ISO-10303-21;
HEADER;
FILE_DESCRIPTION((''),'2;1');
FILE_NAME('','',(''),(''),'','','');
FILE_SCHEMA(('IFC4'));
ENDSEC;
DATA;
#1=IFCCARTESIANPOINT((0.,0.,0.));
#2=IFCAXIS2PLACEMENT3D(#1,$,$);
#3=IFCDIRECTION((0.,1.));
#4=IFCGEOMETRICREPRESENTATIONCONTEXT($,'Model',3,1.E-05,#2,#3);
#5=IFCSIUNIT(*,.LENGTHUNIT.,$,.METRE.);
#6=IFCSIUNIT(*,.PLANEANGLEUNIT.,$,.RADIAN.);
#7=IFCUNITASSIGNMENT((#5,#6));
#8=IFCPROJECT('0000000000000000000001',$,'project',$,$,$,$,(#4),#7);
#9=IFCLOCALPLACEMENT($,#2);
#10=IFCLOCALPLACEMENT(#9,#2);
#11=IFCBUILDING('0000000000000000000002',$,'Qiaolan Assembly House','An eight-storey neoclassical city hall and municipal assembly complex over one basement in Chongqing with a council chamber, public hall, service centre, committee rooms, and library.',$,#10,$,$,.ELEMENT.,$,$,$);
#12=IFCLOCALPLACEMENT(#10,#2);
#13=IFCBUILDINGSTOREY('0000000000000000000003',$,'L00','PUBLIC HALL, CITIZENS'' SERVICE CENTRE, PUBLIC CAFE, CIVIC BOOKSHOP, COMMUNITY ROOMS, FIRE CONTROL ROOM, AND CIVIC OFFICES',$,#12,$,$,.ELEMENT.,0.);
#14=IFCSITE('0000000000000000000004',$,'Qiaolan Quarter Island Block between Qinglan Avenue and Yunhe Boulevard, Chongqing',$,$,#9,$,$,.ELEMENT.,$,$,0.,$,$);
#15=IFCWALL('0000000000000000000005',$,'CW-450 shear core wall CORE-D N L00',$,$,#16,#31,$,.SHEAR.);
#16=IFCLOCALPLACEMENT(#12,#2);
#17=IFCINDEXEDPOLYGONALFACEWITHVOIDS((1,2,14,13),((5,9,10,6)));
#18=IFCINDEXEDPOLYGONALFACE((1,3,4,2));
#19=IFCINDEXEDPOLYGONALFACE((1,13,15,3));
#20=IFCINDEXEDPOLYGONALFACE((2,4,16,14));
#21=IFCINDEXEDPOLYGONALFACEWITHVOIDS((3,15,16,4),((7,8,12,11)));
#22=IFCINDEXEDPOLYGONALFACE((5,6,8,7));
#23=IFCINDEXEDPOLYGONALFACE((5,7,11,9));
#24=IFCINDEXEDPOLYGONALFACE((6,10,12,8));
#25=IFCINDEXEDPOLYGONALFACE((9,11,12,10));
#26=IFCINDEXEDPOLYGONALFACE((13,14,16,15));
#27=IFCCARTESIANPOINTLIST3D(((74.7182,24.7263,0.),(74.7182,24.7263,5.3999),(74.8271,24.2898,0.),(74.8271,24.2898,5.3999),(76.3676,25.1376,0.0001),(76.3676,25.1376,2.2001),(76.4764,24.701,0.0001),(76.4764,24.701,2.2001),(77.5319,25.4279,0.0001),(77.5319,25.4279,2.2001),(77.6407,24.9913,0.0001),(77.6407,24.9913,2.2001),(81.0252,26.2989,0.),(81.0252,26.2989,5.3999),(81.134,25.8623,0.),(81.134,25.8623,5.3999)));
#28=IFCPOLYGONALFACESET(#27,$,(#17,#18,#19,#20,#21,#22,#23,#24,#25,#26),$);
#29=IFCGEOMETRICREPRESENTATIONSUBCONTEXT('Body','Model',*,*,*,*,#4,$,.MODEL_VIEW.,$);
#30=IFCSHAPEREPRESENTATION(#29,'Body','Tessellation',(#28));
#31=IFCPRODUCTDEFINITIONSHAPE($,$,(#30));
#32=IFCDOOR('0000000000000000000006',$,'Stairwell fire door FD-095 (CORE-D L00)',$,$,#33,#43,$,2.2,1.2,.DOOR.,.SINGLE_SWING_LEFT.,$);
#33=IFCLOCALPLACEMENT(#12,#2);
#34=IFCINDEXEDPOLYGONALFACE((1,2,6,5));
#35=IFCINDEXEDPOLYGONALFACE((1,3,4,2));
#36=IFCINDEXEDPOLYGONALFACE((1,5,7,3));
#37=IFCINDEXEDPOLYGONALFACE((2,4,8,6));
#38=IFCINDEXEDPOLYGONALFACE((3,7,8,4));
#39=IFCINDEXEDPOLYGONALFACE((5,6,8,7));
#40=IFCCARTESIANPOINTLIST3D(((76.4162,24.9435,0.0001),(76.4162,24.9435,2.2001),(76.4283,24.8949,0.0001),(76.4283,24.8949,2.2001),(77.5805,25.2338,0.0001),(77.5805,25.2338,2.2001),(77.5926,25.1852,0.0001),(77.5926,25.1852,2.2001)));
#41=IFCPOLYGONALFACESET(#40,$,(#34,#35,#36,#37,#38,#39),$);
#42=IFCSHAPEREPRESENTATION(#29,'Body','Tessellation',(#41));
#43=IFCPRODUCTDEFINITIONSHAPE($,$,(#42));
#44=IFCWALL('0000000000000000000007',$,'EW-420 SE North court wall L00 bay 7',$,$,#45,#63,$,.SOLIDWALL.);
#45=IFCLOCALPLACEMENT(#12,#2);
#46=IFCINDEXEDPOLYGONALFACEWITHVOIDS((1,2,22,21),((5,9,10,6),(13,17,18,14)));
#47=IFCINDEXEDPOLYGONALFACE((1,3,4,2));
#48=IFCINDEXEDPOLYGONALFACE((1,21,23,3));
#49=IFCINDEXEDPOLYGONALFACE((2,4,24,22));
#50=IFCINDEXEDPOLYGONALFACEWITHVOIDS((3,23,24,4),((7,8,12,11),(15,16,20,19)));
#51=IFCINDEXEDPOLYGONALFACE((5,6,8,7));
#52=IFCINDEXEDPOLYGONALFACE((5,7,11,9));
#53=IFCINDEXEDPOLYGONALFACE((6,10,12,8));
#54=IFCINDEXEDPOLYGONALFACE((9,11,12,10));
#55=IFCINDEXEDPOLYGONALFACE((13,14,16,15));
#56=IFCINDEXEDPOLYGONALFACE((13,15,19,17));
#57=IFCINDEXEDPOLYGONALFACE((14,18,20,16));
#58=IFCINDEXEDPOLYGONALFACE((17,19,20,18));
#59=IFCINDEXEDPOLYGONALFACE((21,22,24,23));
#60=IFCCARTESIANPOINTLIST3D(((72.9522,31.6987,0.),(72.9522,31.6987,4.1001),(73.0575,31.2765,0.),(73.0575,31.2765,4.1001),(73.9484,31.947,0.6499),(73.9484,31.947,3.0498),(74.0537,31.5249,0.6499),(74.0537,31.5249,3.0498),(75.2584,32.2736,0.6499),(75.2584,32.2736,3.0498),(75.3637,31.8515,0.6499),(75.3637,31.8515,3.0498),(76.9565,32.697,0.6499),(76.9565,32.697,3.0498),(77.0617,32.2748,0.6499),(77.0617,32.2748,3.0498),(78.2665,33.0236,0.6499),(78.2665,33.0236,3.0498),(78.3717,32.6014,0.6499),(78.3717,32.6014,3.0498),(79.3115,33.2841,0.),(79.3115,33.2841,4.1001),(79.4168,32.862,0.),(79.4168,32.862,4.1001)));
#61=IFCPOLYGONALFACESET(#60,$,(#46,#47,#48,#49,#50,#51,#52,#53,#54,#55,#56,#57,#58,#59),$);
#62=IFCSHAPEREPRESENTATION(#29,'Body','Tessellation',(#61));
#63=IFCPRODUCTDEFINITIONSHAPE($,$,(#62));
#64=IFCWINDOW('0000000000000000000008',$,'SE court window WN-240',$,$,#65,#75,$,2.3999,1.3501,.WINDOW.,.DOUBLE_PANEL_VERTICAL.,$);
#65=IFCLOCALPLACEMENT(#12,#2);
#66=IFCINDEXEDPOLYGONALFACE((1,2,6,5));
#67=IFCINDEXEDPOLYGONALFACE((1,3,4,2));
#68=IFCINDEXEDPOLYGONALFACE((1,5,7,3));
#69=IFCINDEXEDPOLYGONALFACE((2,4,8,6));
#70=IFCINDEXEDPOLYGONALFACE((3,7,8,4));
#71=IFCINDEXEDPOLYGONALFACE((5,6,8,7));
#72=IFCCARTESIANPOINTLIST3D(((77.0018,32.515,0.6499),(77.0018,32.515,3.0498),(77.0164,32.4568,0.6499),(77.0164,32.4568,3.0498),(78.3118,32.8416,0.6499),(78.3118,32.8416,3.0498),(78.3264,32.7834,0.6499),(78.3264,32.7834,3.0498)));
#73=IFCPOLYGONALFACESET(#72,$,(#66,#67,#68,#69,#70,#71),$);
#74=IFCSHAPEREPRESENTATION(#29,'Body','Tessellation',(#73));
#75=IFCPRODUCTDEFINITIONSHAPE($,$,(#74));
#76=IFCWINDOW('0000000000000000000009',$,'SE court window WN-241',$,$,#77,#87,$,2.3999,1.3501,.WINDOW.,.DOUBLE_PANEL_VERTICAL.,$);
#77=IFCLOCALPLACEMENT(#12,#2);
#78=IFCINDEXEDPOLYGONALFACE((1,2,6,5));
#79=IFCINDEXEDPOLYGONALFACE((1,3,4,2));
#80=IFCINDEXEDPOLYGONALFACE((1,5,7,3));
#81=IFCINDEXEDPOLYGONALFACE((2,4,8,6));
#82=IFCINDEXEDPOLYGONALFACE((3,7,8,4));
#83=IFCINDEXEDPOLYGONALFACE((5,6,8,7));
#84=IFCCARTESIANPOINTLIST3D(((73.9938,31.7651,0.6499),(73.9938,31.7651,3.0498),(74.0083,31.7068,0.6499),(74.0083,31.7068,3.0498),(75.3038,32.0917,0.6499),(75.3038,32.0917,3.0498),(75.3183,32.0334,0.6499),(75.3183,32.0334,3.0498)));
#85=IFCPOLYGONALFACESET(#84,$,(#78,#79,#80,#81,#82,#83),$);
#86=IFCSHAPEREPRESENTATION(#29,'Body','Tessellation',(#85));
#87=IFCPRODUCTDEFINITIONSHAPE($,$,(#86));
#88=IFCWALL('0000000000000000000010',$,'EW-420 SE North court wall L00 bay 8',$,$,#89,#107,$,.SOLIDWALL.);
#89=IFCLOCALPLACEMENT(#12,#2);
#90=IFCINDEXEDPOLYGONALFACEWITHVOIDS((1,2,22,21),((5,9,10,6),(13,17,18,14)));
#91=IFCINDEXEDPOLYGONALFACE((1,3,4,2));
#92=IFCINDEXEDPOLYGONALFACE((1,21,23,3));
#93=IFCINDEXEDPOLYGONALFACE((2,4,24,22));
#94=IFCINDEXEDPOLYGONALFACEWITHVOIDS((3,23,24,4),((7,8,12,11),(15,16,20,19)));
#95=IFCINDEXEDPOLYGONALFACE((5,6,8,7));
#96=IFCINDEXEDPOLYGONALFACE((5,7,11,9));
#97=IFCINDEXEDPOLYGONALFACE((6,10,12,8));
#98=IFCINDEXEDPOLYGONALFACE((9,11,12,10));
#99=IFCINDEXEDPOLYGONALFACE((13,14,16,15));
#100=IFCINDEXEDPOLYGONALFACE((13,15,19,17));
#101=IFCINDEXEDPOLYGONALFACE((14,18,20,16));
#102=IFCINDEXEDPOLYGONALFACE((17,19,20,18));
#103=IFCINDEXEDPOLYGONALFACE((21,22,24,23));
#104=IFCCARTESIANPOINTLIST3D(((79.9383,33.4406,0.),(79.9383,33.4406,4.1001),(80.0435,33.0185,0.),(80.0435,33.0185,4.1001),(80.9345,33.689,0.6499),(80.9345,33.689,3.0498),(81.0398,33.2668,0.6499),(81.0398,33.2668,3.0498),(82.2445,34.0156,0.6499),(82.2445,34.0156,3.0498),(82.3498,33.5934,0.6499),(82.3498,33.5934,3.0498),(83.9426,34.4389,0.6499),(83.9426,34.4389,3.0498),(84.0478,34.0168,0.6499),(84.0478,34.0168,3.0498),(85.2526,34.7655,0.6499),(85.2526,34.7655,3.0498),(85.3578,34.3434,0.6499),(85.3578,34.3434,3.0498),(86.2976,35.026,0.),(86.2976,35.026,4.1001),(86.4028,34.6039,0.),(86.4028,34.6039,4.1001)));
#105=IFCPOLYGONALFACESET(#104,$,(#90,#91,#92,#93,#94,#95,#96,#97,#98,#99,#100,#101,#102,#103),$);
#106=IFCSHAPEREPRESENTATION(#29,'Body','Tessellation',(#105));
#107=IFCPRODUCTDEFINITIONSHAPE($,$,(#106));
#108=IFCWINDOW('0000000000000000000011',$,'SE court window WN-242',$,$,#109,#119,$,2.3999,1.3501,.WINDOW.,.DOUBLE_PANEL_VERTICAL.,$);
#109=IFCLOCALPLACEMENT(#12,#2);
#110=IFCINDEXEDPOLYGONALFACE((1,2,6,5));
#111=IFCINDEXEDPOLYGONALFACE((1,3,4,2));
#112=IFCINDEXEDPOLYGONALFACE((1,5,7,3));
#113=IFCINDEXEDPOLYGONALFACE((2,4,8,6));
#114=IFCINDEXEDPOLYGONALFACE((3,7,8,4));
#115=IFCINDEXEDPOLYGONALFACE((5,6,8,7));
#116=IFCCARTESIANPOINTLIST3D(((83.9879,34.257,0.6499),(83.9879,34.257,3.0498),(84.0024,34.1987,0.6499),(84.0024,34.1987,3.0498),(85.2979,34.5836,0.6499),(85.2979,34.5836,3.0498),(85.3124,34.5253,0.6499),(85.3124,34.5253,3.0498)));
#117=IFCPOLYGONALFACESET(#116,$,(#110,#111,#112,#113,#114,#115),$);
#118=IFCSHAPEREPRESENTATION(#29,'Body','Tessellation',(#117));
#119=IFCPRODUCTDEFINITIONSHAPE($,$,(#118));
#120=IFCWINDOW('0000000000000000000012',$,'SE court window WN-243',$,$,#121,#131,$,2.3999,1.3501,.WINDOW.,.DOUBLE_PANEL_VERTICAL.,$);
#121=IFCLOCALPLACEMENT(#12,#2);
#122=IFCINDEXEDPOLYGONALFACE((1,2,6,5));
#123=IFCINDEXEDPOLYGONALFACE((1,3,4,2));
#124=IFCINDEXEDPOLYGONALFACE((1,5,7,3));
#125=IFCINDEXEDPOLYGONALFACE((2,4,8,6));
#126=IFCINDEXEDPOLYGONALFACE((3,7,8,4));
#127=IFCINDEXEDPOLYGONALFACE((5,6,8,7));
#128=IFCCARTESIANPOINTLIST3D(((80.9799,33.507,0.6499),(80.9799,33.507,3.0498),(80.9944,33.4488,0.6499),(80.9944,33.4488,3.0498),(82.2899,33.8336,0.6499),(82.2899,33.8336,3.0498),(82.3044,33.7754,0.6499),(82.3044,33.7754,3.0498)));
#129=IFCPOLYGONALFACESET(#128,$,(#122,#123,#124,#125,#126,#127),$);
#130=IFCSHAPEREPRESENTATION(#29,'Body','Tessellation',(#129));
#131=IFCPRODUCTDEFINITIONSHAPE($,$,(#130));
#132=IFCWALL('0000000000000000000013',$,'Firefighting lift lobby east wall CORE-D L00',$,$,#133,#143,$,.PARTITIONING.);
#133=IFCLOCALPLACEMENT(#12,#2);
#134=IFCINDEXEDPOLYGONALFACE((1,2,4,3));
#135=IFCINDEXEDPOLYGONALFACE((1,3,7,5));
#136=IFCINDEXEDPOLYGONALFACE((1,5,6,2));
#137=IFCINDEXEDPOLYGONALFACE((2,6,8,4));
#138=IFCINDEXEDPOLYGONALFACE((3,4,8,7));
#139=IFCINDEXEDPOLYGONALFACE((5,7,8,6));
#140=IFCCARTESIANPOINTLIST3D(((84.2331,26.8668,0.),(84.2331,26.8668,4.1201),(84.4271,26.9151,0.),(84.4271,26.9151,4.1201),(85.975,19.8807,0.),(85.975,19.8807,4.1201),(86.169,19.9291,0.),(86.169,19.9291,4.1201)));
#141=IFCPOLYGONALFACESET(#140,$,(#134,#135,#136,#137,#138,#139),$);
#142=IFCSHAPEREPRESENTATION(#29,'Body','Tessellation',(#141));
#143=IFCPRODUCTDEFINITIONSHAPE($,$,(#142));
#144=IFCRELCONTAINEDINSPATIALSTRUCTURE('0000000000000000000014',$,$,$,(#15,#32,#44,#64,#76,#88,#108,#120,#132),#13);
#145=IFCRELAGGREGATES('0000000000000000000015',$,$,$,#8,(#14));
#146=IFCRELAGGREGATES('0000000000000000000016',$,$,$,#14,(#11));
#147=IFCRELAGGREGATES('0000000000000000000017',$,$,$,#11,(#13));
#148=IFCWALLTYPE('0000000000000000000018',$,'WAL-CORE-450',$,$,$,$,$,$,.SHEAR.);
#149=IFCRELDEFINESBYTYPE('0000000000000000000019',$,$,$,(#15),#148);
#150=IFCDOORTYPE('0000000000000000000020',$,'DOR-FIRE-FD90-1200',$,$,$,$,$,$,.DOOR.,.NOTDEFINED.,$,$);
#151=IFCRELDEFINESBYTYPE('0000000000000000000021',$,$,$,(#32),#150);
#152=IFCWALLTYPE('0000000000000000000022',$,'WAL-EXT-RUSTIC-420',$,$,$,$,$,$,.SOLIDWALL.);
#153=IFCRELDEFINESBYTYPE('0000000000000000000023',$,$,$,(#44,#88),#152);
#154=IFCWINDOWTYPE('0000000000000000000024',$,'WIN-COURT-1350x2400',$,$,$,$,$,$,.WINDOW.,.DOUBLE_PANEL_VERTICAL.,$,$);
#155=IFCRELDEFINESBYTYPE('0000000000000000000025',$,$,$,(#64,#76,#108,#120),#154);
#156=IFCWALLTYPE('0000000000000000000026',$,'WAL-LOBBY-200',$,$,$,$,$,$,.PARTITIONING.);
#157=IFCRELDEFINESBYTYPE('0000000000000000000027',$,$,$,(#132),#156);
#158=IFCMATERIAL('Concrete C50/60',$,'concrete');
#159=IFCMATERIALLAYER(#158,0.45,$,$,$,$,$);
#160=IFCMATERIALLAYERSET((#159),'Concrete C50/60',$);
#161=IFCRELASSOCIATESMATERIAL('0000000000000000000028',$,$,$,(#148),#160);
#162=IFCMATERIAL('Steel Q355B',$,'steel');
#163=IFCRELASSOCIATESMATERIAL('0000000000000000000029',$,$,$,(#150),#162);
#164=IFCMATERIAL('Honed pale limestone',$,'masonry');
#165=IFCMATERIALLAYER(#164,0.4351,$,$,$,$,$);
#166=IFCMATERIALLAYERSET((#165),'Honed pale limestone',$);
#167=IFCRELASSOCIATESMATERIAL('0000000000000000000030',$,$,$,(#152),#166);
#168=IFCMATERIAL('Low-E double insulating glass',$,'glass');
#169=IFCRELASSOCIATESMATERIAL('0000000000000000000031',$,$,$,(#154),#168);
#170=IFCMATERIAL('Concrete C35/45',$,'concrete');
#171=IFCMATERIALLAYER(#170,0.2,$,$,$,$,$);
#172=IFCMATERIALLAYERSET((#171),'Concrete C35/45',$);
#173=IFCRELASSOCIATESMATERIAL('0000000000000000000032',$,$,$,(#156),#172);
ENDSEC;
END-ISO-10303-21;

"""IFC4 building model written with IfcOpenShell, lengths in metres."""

from ifc_helpers import new_model, si_unit, direction, frame, frame_2d, origin, place, context, subcontext, project, spatial, rectangle, extrude, material, layer, layer_set, type_object, element, fill, save


model = new_model("IFC4")

# Units and contexts
model_context = context("Model", 3, precision=1e-05, world=origin(), true_north=direction((0.0, 1.0)))
body_context = subcontext(model_context, "Body", "Model", "MODEL_VIEW")
ifc_project = project(units=[si_unit("LENGTHUNIT", "METRE"), si_unit("PLANEANGLEUNIT", "RADIAN")], contexts=[model_context])

# Site, building, storey
site_placement = place(None, origin())
site = spatial("IfcSite", under=ifc_project, at=site_placement, Name="Qiaolan Quarter Island Block between Qinglan Avenue and Yunhe Boulevard, Chongqing", CompositionType="ELEMENT", RefElevation=0.0)
building_placement = place(site_placement, origin())
building = spatial("IfcBuilding", under=site, at=building_placement, Name="Qiaolan Assembly House", Description="An eight-storey neoclassical city hall and municipal assembly complex over one basement in Chongqing with a council chamber, public hall, service centre, committee rooms, and library.", CompositionType="ELEMENT")
storey_placement = place(building_placement, origin())
storey = spatial("IfcBuildingStorey", under=building, at=storey_placement, Name="L00", Description="PUBLIC HALL, CITIZENS' SERVICE CENTRE, PUBLIC CAFE, CIVIC BOOKSHOP, COMMUNITY ROOMS, FIRE CONTROL ROOM, AND CIVIC OFFICES", CompositionType="ELEMENT", Elevation=0.0)

# Shared definitions
ifc_material_1 = material(Name="Concrete C50/60", Category="concrete")

# Wall, opening, door
ifc_layer_1 = layer(ifc_material_1, 0.45)
ifc_layer_set_1 = layer_set([ifc_layer_1], Name="Concrete C50/60")
wall_type_1 = type_object("IfcWallType", Name="WAL-CORE-450", PredefinedType="SHEAR", material=ifc_layer_set_1)
wall_1_placement = place(storey_placement, frame((81.0796, 26.0806, 0.0), z_axis=(0.0, 0.0, 1.0), x_axis=(-0.970295, -0.241926, 0.0)))
wall_1 = element("IfcWall", 1, at=wall_1_placement, inside=storey, type_object=wall_type_1, Name="CW-450 shear core wall CORE-D N L00", PredefinedType="SHEAR", context=body_context, shape_type="SweptSolid", body=[
    extrude(rectangle(XDim=6.5, YDim=0.45, at=frame_2d((3.25, 0.0))), origin(), (0.0, 0.0, 1.0), 5.3999),
])
opening_1_placement = place(wall_1_placement, frame((3.6001, 0.0, 0.0)))
opening_1 = element("IfcOpeningElement", 2, at=opening_1_placement, cuts=wall_1, PredefinedType="OPENING", context=body_context, shape_type="SweptSolid", body=[
    extrude(rectangle(XDim=1.2, YDim=2.2, at=frame_2d((0.6001, 1.1001))), frame((0.0, 0.2349, 0.0), z_axis=(0.0, -1.0, 0.0), x_axis=(1.0, 0.0, 0.0)), (0.0, 0.0, 1.0), 0.47),
])
ifc_material_2 = material(Name="Steel Q355B", Category="steel")
door_type_1 = type_object("IfcDoorType", Name="DOR-FIRE-FD90-1200", OperationType="NOTDEFINED", PredefinedType="DOOR", material=ifc_material_2)
door_1_placement = place(opening_1_placement, frame((1.2, 0.0, 0.0), z_axis=(0.0, 0.0, 1.0), x_axis=(-1.0, 0.0, 0.0)))
door_1 = element("IfcDoor", 3, at=door_1_placement, inside=storey, type_object=door_type_1, Name="Stairwell fire door FD-095 (CORE-D L00)", OperationType="SINGLE_SWING_LEFT", OverallHeight=2.2, OverallWidth=1.2, PredefinedType="DOOR", context=body_context, shape_type="SweptSolid", body=[
    extrude(rectangle(XDim=1.2, YDim=2.2, at=frame_2d((0.6001, 1.1001))), frame((0.0, 0.0249, 0.0), z_axis=(0.0, -1.0, 0.0), x_axis=(1.0, 0.0, 0.0)), (0.0, 0.0, 1.0), 0.05),
])
fill(opening_1, door_1)

# Walls, openings, windows
ifc_material_3 = material(Name="Honed pale limestone", Category="masonry")
ifc_layer_2 = layer(ifc_material_3, 0.4351)
ifc_layer_set_2 = layer_set([ifc_layer_2], Name="Honed pale limestone")
wall_type_2 = type_object("IfcWallType", Name="WAL-EXT-RUSTIC-420", PredefinedType="SOLIDWALL", material=ifc_layer_set_2)
wall_2_placement = place(storey_placement, frame((79.364, 33.073, 0.0), z_axis=(0.0, 0.0, 1.0), x_axis=(-0.9703, -0.241905, 0.0)))
wall_2 = element("IfcWall", 4, at=wall_2_placement, inside=storey, type_object=wall_type_2, Name="EW-420 SE North court wall L00 bay 7", PredefinedType="SOLIDWALL", context=body_context, shape_type="SweptSolid", body=[
    extrude(rectangle(XDim=6.554, YDim=0.4351, at=frame_2d((3.2769, 0.0))), origin(), (0.0, 0.0, 1.0), 4.1001),
])
opening_2_placement = place(wall_2_placement, frame((1.0769, 0.0, 0.6499)))
opening_2 = element("IfcOpeningElement", 5, at=opening_2_placement, cuts=wall_2, PredefinedType="OPENING", context=body_context, shape_type="SweptSolid", body=[
    extrude(rectangle(XDim=1.3501, YDim=2.3999, at=frame_2d((0.675, 1.2))), frame((0.0, 0.2275, 0.0), z_axis=(0.0, -1.0, 0.0), x_axis=(1.0, 0.0, 0.0)), (0.0, 0.0, 1.0), 0.4551),
])
opening_3_placement = place(wall_2_placement, frame((4.177, 0.0, 0.6499)))
opening_3 = element("IfcOpeningElement", 6, at=opening_3_placement, cuts=wall_2, PredefinedType="OPENING", context=body_context, shape_type="SweptSolid", body=[
    extrude(rectangle(XDim=1.3501, YDim=2.3999, at=frame_2d((0.675, 1.2))), frame((0.0, 0.2275, 0.0), z_axis=(0.0, -1.0, 0.0), x_axis=(1.0, 0.0, 0.0)), (0.0, 0.0, 1.0), 0.4551),
])
ifc_material_4 = material(Name="Low-E double insulating glass", Category="glass")
window_type = type_object("IfcWindowType", Name="WIN-COURT-1350x2400", PartitioningType="DOUBLE_PANEL_VERTICAL", PredefinedType="WINDOW", material=ifc_material_4)
window_1_placement = place(opening_2_placement, origin())
window_1 = element("IfcWindow", 7, at=window_1_placement, inside=storey, type_object=window_type, Name="SE court window WN-240", OverallHeight=2.3999, OverallWidth=1.3501, PartitioningType="DOUBLE_PANEL_VERTICAL", PredefinedType="WINDOW", context=body_context, shape_type="SweptSolid", body=[
    extrude(rectangle(XDim=1.3501, YDim=2.3999, at=frame_2d((0.675, 1.2))), frame((0.0, 0.03, 0.0), z_axis=(0.0, -1.0, 0.0), x_axis=(1.0, 0.0, 0.0)), (0.0, 0.0, 1.0), 0.0601),
])
fill(opening_2, window_1)
window_2_placement = place(opening_3_placement, origin())
window_2 = element("IfcWindow", 8, at=window_2_placement, inside=storey, type_object=window_type, Name="SE court window WN-241", OverallHeight=2.3999, OverallWidth=1.3501, PartitioningType="DOUBLE_PANEL_VERTICAL", PredefinedType="WINDOW", context=body_context, shape_type="SweptSolid", body=[
    extrude(rectangle(XDim=1.3501, YDim=2.3999, at=frame_2d((0.675, 1.2))), frame((0.0, 0.03, 0.0), z_axis=(0.0, -1.0, 0.0), x_axis=(1.0, 0.0, 0.0)), (0.0, 0.0, 1.0), 0.0601),
])
fill(opening_3, window_2)
wall_3_placement = place(storey_placement, frame((86.3501, 34.8149, 0.0), z_axis=(0.0, 0.0, 1.0), x_axis=(-0.9703, -0.241905, 0.0)))
wall_3 = element("IfcWall", 9, at=wall_3_placement, inside=storey, type_object=wall_type_2, Name="EW-420 SE North court wall L00 bay 8", PredefinedType="SOLIDWALL", context=body_context, shape_type="SweptSolid", body=[
    extrude(rectangle(XDim=6.554, YDim=0.4351, at=frame_2d((3.2769, 0.0))), origin(), (0.0, 0.0, 1.0), 4.1001),
])
opening_4_placement = place(wall_3_placement, frame((1.0769, 0.0, 0.6499)))
opening_4 = element("IfcOpeningElement", 10, at=opening_4_placement, cuts=wall_3, PredefinedType="OPENING", context=body_context, shape_type="SweptSolid", body=[
    extrude(rectangle(XDim=1.3501, YDim=2.3999, at=frame_2d((0.675, 1.2))), frame((0.0, 0.2275, 0.0), z_axis=(0.0, -1.0, 0.0), x_axis=(1.0, 0.0, 0.0)), (0.0, 0.0, 1.0), 0.4551),
])
opening_5_placement = place(wall_3_placement, frame((4.177, 0.0, 0.6499)))
opening_5 = element("IfcOpeningElement", 11, at=opening_5_placement, cuts=wall_3, PredefinedType="OPENING", context=body_context, shape_type="SweptSolid", body=[
    extrude(rectangle(XDim=1.3501, YDim=2.3999, at=frame_2d((0.675, 1.2))), frame((0.0, 0.2275, 0.0), z_axis=(0.0, -1.0, 0.0), x_axis=(1.0, 0.0, 0.0)), (0.0, 0.0, 1.0), 0.4551),
])
window_3_placement = place(opening_4_placement, origin())
window_3 = element("IfcWindow", 12, at=window_3_placement, inside=storey, type_object=window_type, Name="SE court window WN-242", OverallHeight=2.3999, OverallWidth=1.3501, PartitioningType="DOUBLE_PANEL_VERTICAL", PredefinedType="WINDOW", context=body_context, shape_type="SweptSolid", body=[
    extrude(rectangle(XDim=1.3501, YDim=2.3999, at=frame_2d((0.675, 1.2))), frame((0.0, 0.03, 0.0), z_axis=(0.0, -1.0, 0.0), x_axis=(1.0, 0.0, 0.0)), (0.0, 0.0, 1.0), 0.0601),
])
fill(opening_4, window_3)
window_4_placement = place(opening_5_placement, origin())
window_4 = element("IfcWindow", 13, at=window_4_placement, inside=storey, type_object=window_type, Name="SE court window WN-243", OverallHeight=2.3999, OverallWidth=1.3501, PartitioningType="DOUBLE_PANEL_VERTICAL", PredefinedType="WINDOW", context=body_context, shape_type="SweptSolid", body=[
    extrude(rectangle(XDim=1.3501, YDim=2.3999, at=frame_2d((0.675, 1.2))), frame((0.0, 0.03, 0.0), z_axis=(0.0, -1.0, 0.0), x_axis=(1.0, 0.0, 0.0)), (0.0, 0.0, 1.0), 0.0601),
])
fill(opening_5, window_4)

# Wall
ifc_material_5 = material(Name="Concrete C35/45", Category="concrete")
ifc_layer_3 = layer(ifc_material_5, 0.2)
ifc_layer_set_3 = layer_set([ifc_layer_3], Name="Concrete C35/45")
wall_type_3 = type_object("IfcWallType", Name="WAL-LOBBY-200", PredefinedType="PARTITIONING", material=ifc_layer_set_3)
wall_4_placement = place(storey_placement, frame((86.072, 19.9048, 0.0), z_axis=(0.0, 0.0, 1.0), x_axis=(-0.241937, 0.970292, 0.0)))
element("IfcWall", 14, at=wall_4_placement, inside=storey, type_object=wall_type_3, Name="Firefighting lift lobby east wall CORE-D L00", PredefinedType="PARTITIONING", context=body_context, shape_type="SweptSolid", body=[
    extrude(rectangle(XDim=7.2, YDim=0.2, at=frame_2d((3.6001, 0.0))), origin(), (0.0, 0.0, 1.0), 4.1201),
])

save(model, "model.ifc")
